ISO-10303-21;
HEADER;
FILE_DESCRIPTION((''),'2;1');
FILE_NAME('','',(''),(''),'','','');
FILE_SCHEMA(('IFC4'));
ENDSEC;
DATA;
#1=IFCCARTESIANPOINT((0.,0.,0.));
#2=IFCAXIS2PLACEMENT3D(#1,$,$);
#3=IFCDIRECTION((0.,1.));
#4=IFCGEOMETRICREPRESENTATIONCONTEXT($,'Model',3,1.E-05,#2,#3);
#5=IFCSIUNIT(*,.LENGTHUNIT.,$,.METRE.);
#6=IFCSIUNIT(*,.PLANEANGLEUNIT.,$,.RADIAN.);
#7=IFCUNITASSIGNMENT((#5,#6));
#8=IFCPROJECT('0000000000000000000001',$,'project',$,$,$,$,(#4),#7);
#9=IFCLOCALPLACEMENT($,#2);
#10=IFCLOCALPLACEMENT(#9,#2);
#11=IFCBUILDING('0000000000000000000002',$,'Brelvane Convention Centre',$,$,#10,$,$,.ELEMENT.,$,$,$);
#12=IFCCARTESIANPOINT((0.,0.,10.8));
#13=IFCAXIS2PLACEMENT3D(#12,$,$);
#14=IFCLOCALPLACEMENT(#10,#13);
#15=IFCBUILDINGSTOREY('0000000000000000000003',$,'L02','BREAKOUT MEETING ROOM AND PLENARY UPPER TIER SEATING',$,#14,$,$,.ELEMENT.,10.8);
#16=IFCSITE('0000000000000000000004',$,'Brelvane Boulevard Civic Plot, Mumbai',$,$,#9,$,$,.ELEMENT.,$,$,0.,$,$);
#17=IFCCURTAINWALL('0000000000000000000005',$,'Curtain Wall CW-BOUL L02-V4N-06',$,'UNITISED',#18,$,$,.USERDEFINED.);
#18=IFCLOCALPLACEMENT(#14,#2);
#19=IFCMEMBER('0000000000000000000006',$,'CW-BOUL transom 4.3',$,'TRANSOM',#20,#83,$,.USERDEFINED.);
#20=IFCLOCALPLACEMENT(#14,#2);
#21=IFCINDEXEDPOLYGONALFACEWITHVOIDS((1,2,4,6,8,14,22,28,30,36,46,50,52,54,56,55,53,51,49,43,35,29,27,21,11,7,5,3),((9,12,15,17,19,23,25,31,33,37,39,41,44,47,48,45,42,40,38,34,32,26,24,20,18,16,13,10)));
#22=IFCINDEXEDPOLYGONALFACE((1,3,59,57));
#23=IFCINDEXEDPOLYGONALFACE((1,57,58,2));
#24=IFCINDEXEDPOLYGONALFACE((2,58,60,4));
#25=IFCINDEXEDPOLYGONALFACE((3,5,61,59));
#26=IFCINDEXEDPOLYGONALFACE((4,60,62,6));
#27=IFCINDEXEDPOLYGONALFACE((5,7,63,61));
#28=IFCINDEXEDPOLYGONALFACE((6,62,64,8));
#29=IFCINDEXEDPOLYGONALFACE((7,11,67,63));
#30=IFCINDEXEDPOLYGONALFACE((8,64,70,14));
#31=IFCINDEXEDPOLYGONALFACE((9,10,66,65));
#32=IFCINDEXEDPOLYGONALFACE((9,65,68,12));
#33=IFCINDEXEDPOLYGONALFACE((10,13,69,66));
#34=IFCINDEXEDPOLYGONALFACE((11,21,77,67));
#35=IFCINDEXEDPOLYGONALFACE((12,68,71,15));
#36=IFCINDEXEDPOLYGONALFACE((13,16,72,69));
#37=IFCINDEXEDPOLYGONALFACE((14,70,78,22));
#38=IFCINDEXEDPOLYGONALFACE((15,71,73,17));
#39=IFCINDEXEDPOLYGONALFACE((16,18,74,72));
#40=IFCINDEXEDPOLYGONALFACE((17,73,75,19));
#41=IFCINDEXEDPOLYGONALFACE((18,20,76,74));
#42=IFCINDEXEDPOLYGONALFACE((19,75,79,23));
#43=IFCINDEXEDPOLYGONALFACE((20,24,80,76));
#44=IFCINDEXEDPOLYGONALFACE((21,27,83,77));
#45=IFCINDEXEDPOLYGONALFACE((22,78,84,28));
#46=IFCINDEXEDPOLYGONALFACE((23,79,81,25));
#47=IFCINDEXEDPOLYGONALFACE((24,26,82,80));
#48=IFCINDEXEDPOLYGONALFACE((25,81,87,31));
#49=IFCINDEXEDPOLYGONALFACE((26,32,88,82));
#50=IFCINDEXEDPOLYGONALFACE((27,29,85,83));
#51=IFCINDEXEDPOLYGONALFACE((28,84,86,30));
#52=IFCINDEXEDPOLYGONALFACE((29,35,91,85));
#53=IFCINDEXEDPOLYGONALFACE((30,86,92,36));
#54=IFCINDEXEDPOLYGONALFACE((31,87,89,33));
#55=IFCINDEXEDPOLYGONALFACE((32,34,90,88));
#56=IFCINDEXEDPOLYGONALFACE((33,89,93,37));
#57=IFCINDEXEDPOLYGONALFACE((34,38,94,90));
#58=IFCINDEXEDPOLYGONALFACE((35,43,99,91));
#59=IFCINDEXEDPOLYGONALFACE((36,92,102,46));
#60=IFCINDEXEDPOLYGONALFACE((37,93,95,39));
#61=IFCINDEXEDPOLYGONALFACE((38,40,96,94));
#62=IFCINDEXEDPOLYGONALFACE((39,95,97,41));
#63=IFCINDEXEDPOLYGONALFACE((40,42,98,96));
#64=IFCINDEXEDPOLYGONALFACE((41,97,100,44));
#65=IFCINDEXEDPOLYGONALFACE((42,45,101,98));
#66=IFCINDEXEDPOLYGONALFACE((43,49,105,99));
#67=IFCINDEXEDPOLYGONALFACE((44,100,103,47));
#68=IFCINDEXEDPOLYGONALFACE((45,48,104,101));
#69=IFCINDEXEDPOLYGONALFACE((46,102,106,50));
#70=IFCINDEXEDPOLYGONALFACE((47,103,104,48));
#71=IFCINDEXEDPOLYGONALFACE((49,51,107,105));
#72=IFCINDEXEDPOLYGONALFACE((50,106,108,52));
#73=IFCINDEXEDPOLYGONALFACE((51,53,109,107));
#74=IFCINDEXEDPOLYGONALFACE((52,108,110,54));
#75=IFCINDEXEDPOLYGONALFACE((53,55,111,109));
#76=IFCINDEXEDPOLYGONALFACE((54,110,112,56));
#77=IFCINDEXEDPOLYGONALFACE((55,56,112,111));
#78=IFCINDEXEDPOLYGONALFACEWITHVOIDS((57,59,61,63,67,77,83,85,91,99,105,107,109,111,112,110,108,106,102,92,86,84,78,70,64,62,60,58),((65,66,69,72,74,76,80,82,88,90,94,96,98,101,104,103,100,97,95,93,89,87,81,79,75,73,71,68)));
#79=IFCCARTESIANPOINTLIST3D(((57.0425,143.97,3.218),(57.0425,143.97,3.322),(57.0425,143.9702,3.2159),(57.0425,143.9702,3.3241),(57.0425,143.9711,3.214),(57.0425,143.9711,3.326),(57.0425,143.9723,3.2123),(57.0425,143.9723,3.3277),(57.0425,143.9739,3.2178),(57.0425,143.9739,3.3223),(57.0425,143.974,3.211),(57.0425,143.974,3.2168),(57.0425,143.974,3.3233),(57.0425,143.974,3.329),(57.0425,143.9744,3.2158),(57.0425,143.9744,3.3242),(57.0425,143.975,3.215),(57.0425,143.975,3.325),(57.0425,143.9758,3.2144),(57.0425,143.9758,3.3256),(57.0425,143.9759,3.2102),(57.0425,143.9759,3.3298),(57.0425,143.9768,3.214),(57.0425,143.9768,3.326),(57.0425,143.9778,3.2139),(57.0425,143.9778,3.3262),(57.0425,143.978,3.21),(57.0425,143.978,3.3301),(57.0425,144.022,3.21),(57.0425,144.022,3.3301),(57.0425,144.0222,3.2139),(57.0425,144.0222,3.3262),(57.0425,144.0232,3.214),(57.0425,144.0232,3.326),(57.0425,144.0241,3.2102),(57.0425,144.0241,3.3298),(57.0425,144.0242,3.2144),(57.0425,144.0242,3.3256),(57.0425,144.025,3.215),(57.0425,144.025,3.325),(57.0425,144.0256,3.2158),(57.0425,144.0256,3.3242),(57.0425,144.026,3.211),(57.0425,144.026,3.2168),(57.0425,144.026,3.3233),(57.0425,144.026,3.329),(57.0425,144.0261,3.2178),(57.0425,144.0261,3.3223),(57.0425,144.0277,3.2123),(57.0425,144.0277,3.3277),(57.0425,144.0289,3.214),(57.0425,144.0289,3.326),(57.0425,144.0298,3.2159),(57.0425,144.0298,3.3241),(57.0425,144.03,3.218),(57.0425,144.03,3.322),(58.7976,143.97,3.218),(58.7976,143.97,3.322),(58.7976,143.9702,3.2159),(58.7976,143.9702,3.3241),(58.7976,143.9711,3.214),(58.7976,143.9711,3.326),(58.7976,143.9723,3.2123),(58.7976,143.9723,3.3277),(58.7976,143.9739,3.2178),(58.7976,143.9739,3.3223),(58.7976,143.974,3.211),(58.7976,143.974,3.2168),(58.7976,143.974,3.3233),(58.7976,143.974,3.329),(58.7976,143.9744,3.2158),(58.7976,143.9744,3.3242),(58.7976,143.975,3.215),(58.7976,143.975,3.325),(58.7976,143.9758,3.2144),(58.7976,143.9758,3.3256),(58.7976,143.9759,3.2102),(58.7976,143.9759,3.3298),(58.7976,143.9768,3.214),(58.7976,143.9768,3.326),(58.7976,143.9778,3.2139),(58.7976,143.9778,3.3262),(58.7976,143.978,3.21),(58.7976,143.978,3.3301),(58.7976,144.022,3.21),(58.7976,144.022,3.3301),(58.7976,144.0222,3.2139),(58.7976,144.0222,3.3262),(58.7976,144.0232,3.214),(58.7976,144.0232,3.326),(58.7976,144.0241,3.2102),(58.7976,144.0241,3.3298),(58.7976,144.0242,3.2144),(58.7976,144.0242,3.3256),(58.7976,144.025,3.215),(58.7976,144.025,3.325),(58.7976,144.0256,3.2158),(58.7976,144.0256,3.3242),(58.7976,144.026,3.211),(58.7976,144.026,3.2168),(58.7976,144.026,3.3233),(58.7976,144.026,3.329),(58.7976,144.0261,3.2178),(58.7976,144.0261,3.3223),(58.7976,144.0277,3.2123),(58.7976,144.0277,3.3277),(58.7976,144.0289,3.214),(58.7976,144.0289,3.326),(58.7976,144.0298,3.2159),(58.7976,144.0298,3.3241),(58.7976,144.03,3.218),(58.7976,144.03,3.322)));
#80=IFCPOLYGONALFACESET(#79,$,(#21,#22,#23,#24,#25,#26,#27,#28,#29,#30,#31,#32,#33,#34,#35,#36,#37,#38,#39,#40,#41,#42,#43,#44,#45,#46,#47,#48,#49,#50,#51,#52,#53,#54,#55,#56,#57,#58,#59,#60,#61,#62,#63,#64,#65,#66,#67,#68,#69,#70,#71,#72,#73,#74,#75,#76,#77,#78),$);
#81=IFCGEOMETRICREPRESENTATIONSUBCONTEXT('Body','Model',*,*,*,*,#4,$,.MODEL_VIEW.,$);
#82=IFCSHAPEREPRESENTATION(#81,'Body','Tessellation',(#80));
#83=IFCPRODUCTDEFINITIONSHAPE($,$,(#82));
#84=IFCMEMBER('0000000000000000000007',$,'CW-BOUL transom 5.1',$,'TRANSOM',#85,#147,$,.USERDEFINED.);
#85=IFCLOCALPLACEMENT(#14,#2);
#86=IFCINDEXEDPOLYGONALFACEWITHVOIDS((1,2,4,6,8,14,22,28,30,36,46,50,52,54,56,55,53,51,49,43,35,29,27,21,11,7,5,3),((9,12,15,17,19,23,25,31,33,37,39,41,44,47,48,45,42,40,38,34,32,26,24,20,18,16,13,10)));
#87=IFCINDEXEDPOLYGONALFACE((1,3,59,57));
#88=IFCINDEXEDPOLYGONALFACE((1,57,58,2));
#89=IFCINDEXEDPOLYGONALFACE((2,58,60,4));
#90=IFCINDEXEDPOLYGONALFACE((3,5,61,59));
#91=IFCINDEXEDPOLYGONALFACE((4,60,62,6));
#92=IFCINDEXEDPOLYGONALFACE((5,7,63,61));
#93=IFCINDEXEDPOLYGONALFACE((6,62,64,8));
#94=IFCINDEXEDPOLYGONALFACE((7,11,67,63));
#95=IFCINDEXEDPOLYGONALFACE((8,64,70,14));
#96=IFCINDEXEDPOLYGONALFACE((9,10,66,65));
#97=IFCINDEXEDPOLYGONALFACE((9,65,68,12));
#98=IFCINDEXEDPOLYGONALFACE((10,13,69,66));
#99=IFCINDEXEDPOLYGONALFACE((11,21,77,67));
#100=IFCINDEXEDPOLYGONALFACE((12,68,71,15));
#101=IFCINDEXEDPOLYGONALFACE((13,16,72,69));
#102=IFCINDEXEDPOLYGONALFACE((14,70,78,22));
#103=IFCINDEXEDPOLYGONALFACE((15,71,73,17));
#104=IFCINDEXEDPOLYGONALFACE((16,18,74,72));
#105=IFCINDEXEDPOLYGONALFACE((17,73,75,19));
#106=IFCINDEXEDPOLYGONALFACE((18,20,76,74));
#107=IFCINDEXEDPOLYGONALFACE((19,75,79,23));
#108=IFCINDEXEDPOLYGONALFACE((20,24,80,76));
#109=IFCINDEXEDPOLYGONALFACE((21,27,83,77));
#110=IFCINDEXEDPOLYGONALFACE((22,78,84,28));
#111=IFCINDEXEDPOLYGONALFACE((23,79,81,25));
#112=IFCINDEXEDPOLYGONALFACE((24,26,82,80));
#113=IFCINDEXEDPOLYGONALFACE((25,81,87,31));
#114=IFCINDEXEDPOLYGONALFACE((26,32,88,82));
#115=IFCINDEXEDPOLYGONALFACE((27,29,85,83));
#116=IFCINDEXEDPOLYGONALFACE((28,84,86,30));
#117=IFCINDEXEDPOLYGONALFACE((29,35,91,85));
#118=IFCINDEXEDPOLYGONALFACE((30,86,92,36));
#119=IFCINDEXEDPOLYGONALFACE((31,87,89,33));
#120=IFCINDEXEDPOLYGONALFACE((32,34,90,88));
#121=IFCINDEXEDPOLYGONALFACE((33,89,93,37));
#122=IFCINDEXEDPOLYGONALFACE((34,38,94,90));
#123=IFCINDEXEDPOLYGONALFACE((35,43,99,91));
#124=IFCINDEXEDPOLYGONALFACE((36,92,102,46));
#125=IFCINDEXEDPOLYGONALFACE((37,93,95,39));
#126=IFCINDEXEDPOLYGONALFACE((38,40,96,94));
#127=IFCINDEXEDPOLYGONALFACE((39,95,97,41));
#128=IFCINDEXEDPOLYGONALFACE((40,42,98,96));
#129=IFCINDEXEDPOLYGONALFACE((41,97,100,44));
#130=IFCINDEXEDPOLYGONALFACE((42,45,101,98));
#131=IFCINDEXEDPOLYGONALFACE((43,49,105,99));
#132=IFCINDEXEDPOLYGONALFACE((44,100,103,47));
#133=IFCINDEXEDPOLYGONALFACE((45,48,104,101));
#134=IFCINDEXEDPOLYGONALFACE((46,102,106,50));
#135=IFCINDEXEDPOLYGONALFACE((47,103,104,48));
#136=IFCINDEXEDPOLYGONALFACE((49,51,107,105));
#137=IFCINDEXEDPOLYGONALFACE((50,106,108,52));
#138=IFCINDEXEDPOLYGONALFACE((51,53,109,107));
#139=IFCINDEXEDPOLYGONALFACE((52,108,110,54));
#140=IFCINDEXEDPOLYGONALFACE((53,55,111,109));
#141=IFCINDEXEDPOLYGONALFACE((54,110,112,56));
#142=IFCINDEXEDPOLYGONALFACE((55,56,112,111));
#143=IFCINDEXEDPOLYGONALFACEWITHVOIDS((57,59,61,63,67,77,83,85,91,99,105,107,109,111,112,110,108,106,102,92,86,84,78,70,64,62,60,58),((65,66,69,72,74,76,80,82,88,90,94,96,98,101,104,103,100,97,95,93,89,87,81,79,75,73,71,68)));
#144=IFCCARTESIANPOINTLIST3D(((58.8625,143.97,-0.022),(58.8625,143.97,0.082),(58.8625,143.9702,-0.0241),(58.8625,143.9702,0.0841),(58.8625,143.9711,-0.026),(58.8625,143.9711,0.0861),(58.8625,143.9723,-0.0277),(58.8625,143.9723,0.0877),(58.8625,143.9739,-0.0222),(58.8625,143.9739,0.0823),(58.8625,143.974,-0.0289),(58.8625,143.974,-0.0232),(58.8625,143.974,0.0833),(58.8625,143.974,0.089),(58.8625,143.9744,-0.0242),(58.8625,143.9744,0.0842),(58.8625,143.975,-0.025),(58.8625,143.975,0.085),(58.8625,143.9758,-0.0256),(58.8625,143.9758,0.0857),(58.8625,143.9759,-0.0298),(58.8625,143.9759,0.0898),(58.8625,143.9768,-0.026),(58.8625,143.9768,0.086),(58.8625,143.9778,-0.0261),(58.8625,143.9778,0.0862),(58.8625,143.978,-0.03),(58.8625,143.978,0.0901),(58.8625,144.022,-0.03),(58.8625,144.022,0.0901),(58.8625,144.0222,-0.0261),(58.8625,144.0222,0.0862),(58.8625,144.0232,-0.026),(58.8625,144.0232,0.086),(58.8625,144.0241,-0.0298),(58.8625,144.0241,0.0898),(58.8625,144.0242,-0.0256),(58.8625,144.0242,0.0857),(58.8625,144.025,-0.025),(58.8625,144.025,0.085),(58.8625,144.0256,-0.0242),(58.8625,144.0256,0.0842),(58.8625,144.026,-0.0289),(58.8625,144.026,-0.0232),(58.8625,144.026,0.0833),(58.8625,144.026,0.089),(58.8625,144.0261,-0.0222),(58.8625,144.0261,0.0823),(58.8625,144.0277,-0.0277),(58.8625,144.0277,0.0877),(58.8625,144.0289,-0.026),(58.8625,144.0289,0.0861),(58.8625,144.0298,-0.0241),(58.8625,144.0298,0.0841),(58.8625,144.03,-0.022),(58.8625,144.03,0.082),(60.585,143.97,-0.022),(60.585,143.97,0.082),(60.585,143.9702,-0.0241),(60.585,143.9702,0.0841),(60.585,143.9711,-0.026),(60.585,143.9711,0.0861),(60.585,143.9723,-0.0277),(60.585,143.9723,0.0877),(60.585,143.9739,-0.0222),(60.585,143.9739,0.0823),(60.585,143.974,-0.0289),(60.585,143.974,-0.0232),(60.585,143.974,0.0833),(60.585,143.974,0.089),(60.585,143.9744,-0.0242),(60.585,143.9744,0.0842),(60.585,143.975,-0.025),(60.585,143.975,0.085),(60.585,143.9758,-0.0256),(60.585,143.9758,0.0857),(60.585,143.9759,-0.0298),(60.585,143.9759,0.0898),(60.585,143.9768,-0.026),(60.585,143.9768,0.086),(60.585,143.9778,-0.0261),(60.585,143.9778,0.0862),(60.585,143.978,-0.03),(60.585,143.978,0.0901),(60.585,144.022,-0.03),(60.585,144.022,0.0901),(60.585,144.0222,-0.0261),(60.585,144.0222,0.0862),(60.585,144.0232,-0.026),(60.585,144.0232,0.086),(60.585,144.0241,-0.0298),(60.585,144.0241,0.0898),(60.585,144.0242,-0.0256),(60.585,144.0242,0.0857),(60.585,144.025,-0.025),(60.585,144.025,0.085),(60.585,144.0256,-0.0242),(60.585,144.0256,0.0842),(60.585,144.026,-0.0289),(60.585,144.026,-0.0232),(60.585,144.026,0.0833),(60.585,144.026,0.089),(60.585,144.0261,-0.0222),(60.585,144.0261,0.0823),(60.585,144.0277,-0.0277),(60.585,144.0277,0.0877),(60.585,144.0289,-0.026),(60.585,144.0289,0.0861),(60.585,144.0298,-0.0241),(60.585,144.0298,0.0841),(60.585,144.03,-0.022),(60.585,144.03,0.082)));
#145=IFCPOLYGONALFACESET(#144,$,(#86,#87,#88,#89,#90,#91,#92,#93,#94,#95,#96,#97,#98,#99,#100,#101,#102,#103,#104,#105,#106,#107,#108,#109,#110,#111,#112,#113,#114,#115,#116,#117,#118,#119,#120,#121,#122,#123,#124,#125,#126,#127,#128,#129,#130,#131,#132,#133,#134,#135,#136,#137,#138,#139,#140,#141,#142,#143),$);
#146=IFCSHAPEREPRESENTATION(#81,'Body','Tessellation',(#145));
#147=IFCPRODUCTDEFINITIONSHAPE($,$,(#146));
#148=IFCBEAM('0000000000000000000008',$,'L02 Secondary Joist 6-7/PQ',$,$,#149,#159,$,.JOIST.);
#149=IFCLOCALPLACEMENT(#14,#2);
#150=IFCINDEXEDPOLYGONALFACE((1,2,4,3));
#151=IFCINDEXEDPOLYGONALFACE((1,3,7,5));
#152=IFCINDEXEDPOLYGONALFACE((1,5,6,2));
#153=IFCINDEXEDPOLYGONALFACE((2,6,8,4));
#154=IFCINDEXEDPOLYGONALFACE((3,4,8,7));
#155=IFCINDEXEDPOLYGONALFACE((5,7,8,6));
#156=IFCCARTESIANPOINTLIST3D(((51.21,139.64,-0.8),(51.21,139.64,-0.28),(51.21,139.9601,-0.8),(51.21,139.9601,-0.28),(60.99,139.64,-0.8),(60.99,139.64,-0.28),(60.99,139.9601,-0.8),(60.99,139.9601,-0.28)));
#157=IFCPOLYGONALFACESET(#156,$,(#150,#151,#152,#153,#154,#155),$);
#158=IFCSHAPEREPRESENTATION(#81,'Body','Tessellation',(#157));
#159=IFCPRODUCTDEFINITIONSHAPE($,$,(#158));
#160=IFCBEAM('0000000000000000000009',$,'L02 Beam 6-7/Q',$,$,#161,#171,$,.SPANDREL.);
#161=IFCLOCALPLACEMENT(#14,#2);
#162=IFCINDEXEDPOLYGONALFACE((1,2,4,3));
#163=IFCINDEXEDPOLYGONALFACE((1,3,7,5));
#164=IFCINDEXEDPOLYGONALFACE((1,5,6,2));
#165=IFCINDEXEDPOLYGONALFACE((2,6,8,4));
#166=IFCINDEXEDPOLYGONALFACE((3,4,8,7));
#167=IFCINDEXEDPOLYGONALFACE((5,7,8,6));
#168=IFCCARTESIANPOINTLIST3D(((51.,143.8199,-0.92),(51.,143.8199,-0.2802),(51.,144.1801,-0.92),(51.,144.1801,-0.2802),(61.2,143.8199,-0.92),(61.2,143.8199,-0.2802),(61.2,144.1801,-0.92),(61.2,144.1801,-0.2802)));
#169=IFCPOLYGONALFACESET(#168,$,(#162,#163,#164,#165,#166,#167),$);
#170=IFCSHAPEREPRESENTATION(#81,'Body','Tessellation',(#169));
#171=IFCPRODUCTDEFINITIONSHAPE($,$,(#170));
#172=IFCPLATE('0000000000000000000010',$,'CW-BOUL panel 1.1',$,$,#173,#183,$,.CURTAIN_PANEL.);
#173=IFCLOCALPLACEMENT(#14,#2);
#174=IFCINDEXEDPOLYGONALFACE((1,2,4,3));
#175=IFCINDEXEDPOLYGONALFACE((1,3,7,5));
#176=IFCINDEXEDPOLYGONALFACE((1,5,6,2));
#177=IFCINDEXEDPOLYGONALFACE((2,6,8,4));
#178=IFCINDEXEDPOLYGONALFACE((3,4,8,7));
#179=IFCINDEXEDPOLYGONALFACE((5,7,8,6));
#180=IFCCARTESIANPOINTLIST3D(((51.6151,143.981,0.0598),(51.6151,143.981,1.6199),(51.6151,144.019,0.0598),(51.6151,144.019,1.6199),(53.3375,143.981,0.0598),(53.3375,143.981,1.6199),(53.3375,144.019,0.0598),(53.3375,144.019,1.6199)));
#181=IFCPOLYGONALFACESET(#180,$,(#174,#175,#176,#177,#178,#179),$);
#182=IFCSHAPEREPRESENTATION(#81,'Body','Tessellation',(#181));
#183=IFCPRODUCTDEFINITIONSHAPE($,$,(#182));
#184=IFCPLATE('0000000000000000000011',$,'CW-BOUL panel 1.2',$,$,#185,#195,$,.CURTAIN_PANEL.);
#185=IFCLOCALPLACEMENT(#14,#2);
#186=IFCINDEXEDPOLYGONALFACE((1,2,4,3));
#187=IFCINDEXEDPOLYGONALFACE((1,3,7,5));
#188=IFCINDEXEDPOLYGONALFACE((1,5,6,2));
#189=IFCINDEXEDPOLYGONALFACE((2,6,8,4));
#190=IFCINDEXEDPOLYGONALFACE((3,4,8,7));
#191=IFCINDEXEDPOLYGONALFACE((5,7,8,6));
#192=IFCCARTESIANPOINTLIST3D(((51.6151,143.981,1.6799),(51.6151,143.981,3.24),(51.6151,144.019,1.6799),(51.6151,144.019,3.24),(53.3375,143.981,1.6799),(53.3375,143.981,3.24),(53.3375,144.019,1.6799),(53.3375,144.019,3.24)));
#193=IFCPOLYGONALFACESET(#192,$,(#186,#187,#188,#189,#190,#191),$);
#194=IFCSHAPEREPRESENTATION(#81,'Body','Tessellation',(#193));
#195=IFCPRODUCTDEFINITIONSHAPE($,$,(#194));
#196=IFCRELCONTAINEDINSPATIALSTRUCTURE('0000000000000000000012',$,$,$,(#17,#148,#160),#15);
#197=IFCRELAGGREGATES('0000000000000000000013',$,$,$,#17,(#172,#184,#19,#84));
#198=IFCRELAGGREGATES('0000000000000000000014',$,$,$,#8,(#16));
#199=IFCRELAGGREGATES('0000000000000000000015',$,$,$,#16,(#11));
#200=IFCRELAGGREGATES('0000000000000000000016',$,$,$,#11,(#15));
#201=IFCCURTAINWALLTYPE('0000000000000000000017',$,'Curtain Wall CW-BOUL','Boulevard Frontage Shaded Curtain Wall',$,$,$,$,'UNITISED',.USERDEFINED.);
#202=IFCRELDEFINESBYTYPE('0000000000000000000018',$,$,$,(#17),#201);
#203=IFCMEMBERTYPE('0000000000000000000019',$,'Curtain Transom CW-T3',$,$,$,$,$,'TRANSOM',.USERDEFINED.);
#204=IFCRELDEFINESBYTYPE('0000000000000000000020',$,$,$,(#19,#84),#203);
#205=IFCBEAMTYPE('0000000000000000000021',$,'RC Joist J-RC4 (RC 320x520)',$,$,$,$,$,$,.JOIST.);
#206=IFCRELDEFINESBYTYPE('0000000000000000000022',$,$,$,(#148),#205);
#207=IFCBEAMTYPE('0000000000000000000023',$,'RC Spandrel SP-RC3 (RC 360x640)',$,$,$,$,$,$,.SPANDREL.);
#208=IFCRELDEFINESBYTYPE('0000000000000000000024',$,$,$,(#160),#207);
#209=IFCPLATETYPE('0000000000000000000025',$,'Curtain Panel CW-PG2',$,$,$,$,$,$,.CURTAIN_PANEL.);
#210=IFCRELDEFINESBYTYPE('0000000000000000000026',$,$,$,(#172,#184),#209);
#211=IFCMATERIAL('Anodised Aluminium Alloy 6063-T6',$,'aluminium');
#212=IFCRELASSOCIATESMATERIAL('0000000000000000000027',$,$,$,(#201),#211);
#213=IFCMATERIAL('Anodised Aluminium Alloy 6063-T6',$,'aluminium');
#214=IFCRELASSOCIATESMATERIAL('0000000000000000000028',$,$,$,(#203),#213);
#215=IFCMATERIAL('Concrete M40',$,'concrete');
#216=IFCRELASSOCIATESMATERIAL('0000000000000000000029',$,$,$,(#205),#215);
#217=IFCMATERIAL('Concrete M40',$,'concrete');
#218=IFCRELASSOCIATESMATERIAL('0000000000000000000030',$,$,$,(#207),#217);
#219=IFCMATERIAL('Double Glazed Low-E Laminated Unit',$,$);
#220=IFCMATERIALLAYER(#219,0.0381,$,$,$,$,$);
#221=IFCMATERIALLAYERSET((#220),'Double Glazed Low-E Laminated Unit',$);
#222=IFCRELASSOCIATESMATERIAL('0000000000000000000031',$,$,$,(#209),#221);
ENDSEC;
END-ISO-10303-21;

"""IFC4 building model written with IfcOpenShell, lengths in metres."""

from ifc_helpers import new_model, si_unit, direction, frame, origin, origin_2d, place, context, subcontext, project, spatial, rectangle, hollow_rectangle, extrude, material, layer, layer_set, material_profile, profile_set, type_object, element, aggregate, save


model = new_model("IFC4")

# Units and contexts
model_context = context("Model", 3, precision=1e-05, world=origin(), true_north=direction((0.0, 1.0)))
body_context = subcontext(model_context, "Body", "Model", "MODEL_VIEW")
ifc_project = project(units=[si_unit("LENGTHUNIT", "METRE"), si_unit("PLANEANGLEUNIT", "RADIAN")], contexts=[model_context])

# Site, building, storey
site_placement = place(None, origin())
site = spatial("IfcSite", under=ifc_project, at=site_placement, Name="Brelvane Boulevard Civic Plot, Mumbai", CompositionType="ELEMENT", RefElevation=0.0)
building_placement = place(site_placement, origin())
building = spatial("IfcBuilding", under=site, at=building_placement, Name="Brelvane Convention Centre", CompositionType="ELEMENT")
storey_placement = place(building_placement, frame((0.0, 0.0, 10.8)))
storey = spatial("IfcBuildingStorey", under=building, at=storey_placement, Name="L02", Description="BREAKOUT MEETING ROOM AND PLENARY UPPER TIER SEATING", CompositionType="ELEMENT", Elevation=10.8)

# Curtain wall, members
ifc_material_1 = material(Name="Anodised Aluminium Alloy 6063-T6", Category="aluminium")
curtain_wall_type = type_object("IfcCurtainWallType", Name="Curtain Wall CW-BOUL", Description="Boulevard Frontage Shaded Curtain Wall", ElementType="UNITISED", PredefinedType="USERDEFINED", material=ifc_material_1)
curtain_wall_placement = place(storey_placement, origin())
curtain_wall = element("IfcCurtainWall", 1, at=curtain_wall_placement, inside=storey, type_object=curtain_wall_type, Name="Curtain Wall CW-BOUL L02-V4N-06", ObjectType="UNITISED", PredefinedType="USERDEFINED")
ifc_material_2 = material(Name="Anodised Aluminium Alloy 6063-T6", Category="aluminium")
ifc_material_profile_1 = material_profile(ifc_material_2, hollow_rectangle(XDim=0.0601, YDim=0.1201, WallThickness=0.0039, InnerFilletRadius=0.0039, OuterFilletRadius=0.0081, at=origin_2d()), Name="ALU-T 120x60x4.0")
ifc_profile_set_1 = profile_set([ifc_material_profile_1], Name="Anodised Aluminium Alloy 6063-T6")
member_type_1 = type_object("IfcMemberType", Name="Curtain Transom CW-T3", ElementType="TRANSOM", PredefinedType="USERDEFINED", material=ifc_profile_set_1)
member_1_placement = place(storey_placement, frame((57.0425, 144.0, 3.27), z_axis=(1.0, 0.0, 0.0), x_axis=(0.0, 1.0, 0.0)))
member_1 = element("IfcMember", 2, at=member_1_placement, type_object=member_type_1, Name="CW-BOUL transom 4.3", ObjectType="TRANSOM", PredefinedType="USERDEFINED", context=body_context, shape_type="SweptSolid", body=[
    extrude(hollow_rectangle(XDim=0.0601, YDim=0.1201, WallThickness=0.0039, InnerFilletRadius=0.0039, OuterFilletRadius=0.0081, at=origin_2d()), origin(), (0.0, 0.0, 1.0), 1.7551),
])
member_2_placement = place(storey_placement, frame((58.8625, 144.0, 0.03), z_axis=(1.0, 0.0, 0.0), x_axis=(0.0, 1.0, 0.0)))
member_2 = element("IfcMember", 3, at=member_2_placement, type_object=member_type_1, Name="CW-BOUL transom 5.1", ObjectType="TRANSOM", PredefinedType="USERDEFINED", context=body_context, shape_type="SweptSolid", body=[
    extrude(hollow_rectangle(XDim=0.0601, YDim=0.1201, WallThickness=0.0039, InnerFilletRadius=0.0039, OuterFilletRadius=0.0081, at=origin_2d()), origin(), (0.0, 0.0, 1.0), 1.7224),
])

# Beams
ifc_material_3 = material(Name="Concrete M40", Category="concrete")
ifc_material_profile_2 = material_profile(ifc_material_3, rectangle(XDim=0.3201, YDim=0.52, at=origin_2d()), Name="RC 320x520")
ifc_profile_set_2 = profile_set([ifc_material_profile_2], Name="Concrete M40")
beam_type_1 = type_object("IfcBeamType", Name="RC Joist J-RC4 (RC 320x520)", PredefinedType="JOIST", material=ifc_profile_set_2)
beam_1_placement = place(storey_placement, frame((51.21, 139.8, -0.54), z_axis=(1.0, 0.0, 0.0), x_axis=(0.0, 1.0, 0.0)))
element("IfcBeam", 4, at=beam_1_placement, inside=storey, type_object=beam_type_1, Name="L02 Secondary Joist 6-7/PQ", PredefinedType="JOIST", context=body_context, shape_type="SweptSolid", body=[
    extrude(rectangle(XDim=0.3201, YDim=0.52, at=origin_2d()), origin(), (0.0, 0.0, 1.0), 9.78),
])
ifc_material_4 = material(Name="Concrete M40", Category="concrete")
ifc_material_profile_3 = material_profile(ifc_material_4, rectangle(XDim=0.3601, YDim=0.6399, at=origin_2d()), Name="RC 360x640")
ifc_profile_set_3 = profile_set([ifc_material_profile_3], Name="Concrete M40")
beam_type_2 = type_object("IfcBeamType", Name="RC Spandrel SP-RC3 (RC 360x640)", PredefinedType="SPANDREL", material=ifc_profile_set_3)
beam_2_placement = place(storey_placement, frame((51.0, 144.0, -0.6001), z_axis=(1.0, 0.0, 0.0), x_axis=(0.0, 1.0, 0.0)))
element("IfcBeam", 5, at=beam_2_placement, inside=storey, type_object=beam_type_2, Name="L02 Beam 6-7/Q", PredefinedType="SPANDREL", context=body_context, shape_type="SweptSolid", body=[
    extrude(rectangle(XDim=0.3601, YDim=0.6399, at=origin_2d()), origin(), (0.0, 0.0, 1.0), 10.2),
])

# Plates
ifc_material_5 = material(Name="Double Glazed Low-E Laminated Unit")
ifc_layer_1 = layer(ifc_material_5, 0.0381)
ifc_layer_set_1 = layer_set([ifc_layer_1], Name="Double Glazed Low-E Laminated Unit")
plate_type_1 = type_object("IfcPlateType", Name="Curtain Panel CW-PG2", PredefinedType="CURTAIN_PANEL", material=ifc_layer_set_1)
plate_1_placement = place(storey_placement, frame((52.4763, 144.0, 0.0598), z_axis=(0.0, 0.0, 1.0), x_axis=(1.0, 0.0, 0.0)))
plate_1 = element("IfcPlate", 6, at=plate_1_placement, type_object=plate_type_1, Name="CW-BOUL panel 1.1", PredefinedType="CURTAIN_PANEL", context=body_context, shape_type="SweptSolid", body=[
    extrude(rectangle(XDim=1.7224, YDim=0.0381, at=origin_2d()), origin(), (0.0, 0.0, 1.0), 1.5601),
])
plate_2_placement = place(storey_placement, frame((52.4763, 144.0, 1.6799), z_axis=(0.0, 0.0, 1.0), x_axis=(1.0, 0.0, 0.0)))
plate_2 = element("IfcPlate", 7, at=plate_2_placement, type_object=plate_type_1, Name="CW-BOUL panel 1.2", PredefinedType="CURTAIN_PANEL", context=body_context, shape_type="SweptSolid", body=[
    extrude(rectangle(XDim=1.7224, YDim=0.0381, at=origin_2d()), origin(), (0.0, 0.0, 1.0), 1.5601),
])
aggregate(curtain_wall, [plate_1, plate_2, member_1, member_2])

save(model, "model.ifc")
